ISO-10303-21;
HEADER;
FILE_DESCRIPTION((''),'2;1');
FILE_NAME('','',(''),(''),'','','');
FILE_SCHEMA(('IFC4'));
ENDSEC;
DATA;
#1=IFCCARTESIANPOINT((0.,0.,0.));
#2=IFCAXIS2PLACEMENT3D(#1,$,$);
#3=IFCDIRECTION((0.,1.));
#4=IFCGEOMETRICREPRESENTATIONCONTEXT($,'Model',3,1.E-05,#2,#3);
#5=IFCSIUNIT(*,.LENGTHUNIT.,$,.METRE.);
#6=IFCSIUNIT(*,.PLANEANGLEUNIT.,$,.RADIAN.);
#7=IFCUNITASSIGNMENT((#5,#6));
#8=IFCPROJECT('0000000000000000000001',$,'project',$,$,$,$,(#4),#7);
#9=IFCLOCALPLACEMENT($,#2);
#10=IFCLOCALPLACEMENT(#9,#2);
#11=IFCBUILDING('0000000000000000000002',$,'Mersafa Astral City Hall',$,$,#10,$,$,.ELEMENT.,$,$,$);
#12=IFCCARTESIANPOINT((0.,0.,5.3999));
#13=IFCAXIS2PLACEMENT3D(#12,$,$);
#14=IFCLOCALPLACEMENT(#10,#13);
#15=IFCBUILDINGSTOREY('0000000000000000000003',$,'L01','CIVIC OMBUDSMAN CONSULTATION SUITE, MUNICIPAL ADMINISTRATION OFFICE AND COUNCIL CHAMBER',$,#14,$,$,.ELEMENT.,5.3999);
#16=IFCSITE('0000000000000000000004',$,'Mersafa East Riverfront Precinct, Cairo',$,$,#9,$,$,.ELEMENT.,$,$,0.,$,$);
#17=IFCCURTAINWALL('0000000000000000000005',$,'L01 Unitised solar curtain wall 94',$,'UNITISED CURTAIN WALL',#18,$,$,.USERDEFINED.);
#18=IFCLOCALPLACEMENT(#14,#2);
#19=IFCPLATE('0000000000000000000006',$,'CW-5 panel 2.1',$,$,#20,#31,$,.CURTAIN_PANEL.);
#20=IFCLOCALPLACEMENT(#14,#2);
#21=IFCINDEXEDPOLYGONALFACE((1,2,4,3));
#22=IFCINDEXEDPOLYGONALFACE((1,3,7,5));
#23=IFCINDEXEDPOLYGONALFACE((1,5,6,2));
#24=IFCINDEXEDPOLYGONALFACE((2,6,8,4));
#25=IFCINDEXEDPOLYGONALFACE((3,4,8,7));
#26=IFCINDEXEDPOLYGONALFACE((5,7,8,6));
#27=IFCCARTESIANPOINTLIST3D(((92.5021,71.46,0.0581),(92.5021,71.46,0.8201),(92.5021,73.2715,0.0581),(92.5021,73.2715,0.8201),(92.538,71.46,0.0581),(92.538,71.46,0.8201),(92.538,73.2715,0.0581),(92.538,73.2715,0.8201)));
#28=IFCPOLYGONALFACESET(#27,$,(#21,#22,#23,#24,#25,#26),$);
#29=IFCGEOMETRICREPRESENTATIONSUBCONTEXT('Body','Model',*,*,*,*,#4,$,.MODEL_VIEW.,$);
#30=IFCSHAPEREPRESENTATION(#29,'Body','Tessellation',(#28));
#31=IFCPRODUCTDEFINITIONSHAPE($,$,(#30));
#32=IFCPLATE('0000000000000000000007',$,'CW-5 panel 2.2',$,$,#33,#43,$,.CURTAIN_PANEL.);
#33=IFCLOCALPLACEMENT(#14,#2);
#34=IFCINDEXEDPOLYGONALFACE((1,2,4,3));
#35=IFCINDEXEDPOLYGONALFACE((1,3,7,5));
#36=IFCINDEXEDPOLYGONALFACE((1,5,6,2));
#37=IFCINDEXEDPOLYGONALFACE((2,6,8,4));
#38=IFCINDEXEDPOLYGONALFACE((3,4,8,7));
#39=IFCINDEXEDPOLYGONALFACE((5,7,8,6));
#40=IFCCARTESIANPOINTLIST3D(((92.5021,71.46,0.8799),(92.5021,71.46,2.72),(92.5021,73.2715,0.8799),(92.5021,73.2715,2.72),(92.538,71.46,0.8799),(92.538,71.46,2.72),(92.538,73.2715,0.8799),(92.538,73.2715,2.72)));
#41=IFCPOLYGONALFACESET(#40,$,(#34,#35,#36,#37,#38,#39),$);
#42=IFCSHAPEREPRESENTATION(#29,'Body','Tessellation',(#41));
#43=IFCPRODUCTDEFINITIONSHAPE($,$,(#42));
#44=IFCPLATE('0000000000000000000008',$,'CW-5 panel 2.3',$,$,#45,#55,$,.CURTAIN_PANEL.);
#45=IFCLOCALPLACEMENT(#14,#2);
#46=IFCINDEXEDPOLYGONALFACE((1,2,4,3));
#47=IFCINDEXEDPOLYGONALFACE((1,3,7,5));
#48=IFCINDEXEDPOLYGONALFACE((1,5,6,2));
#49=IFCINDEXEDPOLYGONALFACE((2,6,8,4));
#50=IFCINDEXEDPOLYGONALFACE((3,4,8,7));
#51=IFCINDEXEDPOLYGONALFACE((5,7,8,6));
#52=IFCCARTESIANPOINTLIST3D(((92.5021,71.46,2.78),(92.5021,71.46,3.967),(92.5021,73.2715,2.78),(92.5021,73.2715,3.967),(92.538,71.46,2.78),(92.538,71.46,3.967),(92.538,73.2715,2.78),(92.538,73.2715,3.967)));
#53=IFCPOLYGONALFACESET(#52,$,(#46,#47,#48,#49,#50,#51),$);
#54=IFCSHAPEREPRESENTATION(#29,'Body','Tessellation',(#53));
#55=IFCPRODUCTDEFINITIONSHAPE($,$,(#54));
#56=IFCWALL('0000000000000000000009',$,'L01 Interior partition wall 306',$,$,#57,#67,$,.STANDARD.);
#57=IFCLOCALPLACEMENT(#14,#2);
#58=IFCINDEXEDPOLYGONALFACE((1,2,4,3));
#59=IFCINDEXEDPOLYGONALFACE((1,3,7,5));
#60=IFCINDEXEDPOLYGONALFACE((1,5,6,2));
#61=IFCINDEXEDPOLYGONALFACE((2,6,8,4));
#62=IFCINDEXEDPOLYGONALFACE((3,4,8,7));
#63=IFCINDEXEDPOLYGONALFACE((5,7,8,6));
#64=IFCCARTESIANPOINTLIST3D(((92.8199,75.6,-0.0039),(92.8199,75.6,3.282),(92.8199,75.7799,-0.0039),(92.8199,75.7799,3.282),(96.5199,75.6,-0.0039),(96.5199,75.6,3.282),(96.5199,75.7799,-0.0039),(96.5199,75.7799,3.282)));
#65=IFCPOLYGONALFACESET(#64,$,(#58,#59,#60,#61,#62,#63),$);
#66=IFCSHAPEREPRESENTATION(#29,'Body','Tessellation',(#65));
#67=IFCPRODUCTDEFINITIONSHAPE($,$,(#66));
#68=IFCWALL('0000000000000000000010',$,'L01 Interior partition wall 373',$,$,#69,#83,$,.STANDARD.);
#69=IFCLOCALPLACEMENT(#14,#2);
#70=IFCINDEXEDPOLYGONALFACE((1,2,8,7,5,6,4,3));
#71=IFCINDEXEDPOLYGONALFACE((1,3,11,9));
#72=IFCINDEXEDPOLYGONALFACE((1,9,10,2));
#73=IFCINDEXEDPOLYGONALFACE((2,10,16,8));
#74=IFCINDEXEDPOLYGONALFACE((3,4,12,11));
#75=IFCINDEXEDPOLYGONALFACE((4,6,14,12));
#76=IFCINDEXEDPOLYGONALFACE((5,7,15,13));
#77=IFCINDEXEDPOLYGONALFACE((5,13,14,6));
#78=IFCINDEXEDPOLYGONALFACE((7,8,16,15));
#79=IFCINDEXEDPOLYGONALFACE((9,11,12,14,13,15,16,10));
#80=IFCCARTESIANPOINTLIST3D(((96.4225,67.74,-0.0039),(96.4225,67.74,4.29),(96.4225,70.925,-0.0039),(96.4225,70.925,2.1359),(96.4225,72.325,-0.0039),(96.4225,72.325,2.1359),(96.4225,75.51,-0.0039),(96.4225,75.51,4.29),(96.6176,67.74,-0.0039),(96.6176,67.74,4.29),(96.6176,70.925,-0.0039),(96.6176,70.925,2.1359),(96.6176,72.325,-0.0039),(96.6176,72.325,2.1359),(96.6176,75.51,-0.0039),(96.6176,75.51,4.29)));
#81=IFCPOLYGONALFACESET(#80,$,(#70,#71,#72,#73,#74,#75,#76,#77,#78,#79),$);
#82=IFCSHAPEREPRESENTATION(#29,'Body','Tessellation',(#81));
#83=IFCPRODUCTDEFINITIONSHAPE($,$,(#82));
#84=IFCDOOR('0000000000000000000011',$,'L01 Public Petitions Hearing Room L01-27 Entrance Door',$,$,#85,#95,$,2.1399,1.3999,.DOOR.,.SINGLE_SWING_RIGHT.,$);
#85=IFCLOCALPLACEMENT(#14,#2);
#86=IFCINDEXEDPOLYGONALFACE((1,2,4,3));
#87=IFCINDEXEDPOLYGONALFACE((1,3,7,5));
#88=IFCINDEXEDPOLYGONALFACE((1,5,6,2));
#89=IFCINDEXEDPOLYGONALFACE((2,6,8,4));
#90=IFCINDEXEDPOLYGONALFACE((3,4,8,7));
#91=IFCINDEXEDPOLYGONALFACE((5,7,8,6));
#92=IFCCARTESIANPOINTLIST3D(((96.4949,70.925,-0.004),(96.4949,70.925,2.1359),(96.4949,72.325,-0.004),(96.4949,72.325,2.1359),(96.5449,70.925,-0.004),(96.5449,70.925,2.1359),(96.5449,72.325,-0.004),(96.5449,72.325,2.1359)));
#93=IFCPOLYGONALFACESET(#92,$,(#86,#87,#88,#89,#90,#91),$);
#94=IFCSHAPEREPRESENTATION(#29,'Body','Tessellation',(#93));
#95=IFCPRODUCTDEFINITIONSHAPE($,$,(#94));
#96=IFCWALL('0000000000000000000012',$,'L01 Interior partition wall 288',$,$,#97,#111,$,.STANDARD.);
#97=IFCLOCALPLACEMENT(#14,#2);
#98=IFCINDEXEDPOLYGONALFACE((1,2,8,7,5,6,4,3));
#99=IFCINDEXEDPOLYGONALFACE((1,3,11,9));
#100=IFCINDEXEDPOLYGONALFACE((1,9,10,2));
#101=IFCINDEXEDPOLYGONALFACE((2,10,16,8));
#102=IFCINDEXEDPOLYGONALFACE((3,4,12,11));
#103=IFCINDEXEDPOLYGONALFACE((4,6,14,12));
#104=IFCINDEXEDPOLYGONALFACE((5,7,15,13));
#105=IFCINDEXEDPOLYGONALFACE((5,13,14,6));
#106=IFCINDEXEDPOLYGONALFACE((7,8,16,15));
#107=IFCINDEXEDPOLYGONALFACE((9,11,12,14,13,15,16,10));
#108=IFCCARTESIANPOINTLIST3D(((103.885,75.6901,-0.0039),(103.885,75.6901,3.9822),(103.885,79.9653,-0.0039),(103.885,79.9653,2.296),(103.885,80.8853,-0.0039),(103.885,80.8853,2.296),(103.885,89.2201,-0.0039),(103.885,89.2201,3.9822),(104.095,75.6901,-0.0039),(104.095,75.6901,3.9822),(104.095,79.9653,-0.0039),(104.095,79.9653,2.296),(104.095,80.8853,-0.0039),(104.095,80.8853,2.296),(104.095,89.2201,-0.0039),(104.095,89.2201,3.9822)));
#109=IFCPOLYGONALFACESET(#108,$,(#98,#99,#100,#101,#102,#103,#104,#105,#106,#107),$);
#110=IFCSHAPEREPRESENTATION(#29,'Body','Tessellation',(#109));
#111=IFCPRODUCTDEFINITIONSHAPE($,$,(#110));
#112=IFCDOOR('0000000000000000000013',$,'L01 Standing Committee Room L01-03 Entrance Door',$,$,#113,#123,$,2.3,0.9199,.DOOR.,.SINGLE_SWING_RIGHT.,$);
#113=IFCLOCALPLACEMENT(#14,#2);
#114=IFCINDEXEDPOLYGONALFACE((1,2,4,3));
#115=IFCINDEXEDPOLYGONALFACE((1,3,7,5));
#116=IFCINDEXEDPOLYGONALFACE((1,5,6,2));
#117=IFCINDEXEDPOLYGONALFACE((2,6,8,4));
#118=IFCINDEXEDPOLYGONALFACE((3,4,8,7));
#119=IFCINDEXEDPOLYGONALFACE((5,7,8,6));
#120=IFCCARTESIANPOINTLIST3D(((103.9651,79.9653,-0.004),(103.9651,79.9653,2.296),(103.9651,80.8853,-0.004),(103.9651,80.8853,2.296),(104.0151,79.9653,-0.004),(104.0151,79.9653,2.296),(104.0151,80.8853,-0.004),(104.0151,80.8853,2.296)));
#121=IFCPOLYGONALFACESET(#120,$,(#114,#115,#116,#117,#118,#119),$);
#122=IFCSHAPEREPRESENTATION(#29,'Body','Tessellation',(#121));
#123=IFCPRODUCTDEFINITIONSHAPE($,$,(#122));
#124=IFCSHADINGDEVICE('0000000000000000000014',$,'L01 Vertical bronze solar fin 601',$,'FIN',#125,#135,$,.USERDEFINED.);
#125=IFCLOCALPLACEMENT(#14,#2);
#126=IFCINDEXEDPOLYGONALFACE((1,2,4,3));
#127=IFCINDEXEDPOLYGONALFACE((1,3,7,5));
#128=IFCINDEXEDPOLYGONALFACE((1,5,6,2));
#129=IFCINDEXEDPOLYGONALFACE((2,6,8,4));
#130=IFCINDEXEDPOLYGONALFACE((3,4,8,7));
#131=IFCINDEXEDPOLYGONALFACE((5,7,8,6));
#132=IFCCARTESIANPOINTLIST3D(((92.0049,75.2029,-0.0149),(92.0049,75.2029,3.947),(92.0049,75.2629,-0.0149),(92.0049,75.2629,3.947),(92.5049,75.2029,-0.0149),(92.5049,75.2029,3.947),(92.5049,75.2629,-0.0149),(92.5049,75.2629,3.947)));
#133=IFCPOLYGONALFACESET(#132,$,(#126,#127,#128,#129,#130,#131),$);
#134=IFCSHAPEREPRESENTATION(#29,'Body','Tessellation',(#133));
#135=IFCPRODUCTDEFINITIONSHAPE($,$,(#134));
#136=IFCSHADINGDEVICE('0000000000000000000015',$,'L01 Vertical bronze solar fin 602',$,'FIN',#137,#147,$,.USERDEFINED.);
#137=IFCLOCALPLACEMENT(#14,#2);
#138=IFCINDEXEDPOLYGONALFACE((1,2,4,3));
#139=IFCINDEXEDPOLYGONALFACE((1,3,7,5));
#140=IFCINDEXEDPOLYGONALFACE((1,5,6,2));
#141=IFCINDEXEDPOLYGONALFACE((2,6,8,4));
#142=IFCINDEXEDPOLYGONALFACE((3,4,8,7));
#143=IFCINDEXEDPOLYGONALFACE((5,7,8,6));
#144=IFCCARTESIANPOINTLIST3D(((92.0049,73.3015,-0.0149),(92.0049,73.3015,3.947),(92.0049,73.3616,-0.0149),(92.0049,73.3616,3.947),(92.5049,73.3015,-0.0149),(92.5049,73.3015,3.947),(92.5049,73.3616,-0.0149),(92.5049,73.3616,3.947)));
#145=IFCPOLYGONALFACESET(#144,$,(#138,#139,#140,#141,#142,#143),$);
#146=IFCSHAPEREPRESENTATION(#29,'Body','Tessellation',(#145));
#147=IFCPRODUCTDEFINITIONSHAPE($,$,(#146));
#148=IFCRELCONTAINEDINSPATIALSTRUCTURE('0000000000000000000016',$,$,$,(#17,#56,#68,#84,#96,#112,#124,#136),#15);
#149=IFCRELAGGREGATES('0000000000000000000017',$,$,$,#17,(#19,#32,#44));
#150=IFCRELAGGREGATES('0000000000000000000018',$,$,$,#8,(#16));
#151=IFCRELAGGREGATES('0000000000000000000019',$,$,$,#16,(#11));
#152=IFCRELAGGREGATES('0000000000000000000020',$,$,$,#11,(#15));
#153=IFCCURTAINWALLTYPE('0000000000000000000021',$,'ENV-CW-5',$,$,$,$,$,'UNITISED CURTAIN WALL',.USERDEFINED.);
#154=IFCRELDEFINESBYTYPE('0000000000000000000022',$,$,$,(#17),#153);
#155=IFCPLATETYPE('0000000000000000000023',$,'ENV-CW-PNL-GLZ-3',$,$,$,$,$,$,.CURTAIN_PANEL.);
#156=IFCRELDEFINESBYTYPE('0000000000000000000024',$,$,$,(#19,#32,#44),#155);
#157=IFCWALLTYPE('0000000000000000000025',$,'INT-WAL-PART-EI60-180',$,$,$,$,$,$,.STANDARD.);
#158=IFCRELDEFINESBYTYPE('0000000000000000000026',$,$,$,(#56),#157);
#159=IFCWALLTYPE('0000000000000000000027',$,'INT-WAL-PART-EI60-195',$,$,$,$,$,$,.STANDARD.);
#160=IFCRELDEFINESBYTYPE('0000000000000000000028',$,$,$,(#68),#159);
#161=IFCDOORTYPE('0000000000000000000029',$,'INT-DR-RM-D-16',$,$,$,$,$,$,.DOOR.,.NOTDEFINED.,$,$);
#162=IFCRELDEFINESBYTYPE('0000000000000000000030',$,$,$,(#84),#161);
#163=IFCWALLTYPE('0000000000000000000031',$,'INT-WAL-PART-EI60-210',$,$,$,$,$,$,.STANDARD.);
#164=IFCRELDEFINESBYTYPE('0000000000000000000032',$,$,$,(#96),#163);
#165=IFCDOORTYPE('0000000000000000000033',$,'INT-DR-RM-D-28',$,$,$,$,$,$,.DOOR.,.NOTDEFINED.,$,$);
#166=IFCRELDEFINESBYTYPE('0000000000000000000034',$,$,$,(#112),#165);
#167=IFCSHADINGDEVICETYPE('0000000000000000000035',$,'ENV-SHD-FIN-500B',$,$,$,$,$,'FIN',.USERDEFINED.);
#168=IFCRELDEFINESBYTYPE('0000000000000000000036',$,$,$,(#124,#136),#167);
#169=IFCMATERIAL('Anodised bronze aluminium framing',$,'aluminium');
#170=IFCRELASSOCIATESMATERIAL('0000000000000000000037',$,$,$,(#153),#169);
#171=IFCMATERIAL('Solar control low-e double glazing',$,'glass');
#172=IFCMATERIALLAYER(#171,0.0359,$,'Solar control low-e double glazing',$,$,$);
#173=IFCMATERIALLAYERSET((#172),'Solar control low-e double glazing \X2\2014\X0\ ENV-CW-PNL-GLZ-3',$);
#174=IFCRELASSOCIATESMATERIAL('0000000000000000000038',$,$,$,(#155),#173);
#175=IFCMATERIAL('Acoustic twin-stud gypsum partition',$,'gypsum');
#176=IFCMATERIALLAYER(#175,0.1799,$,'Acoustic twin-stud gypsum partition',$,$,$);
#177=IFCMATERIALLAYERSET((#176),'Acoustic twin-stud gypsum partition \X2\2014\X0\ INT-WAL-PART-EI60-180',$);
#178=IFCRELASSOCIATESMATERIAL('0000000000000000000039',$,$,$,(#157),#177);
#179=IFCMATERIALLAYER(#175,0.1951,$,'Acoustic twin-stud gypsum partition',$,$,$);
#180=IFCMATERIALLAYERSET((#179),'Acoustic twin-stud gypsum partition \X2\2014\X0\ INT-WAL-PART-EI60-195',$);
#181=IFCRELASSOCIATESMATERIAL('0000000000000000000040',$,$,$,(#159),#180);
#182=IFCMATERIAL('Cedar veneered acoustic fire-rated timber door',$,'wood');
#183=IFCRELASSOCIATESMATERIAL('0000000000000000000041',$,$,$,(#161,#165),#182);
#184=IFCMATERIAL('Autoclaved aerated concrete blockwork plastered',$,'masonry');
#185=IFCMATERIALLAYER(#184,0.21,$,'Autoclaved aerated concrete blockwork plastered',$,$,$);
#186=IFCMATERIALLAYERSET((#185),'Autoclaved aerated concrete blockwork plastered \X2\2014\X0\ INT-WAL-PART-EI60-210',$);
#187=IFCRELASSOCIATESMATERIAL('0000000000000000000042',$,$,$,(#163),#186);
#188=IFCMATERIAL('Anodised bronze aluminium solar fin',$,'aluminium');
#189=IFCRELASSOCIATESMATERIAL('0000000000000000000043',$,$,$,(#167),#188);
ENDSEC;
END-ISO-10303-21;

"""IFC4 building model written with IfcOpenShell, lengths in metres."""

from ifc_helpers import new_model, si_unit, direction, frame, frame_2d, origin, origin_2d, place, context, subcontext, project, spatial, rectangle, extrude, material, layer, layer_set, type_object, element, fill, aggregate, save


model = new_model("IFC4")

# Units and contexts
model_context = context("Model", 3, precision=1e-05, world=origin(), true_north=direction((0.0, 1.0)))
body_context = subcontext(model_context, "Body", "Model", "MODEL_VIEW")
ifc_project = project(units=[si_unit("LENGTHUNIT", "METRE"), si_unit("PLANEANGLEUNIT", "RADIAN")], contexts=[model_context])

# Site, building, storey
site_placement = place(None, origin())
site = spatial("IfcSite", under=ifc_project, at=site_placement, Name="Mersafa East Riverfront Precinct, Cairo", CompositionType="ELEMENT", RefElevation=0.0)
building_placement = place(site_placement, origin())
building = spatial("IfcBuilding", under=site, at=building_placement, Name="Mersafa Astral City Hall", CompositionType="ELEMENT")
storey_placement = place(building_placement, frame((0.0, 0.0, 5.3999)))
storey = spatial("IfcBuildingStorey", under=building, at=storey_placement, Name="L01", Description="CIVIC OMBUDSMAN CONSULTATION SUITE, MUNICIPAL ADMINISTRATION OFFICE AND COUNCIL CHAMBER", CompositionType="ELEMENT", Elevation=5.3999)

# Shared definitions
ifc_material_1 = material(Name="Anodised bronze aluminium framing", Category="aluminium")

# Curtain wall
curtain_wall_type_1 = type_object("IfcCurtainWallType", Name="ENV-CW-5", ElementType="UNITISED CURTAIN WALL", PredefinedType="USERDEFINED", material=ifc_material_1)
curtain_wall_1_placement = place(storey_placement, origin())
curtain_wall_1 = element("IfcCurtainWall", 1, at=curtain_wall_1_placement, inside=storey, type_object=curtain_wall_type_1, Name="L01 Unitised solar curtain wall 94", ObjectType="UNITISED CURTAIN WALL", PredefinedType="USERDEFINED")

# Plates
ifc_material_2 = material(Name="Solar control low-e double glazing", Category="glass")
ifc_layer_1 = layer(ifc_material_2, 0.0359, Name="Solar control low-e double glazing")
ifc_layer_set_1 = layer_set([ifc_layer_1], Name="Solar control low-e double glazing — ENV-CW-PNL-GLZ-3")
plate_type = type_object("IfcPlateType", Name="ENV-CW-PNL-GLZ-3", PredefinedType="CURTAIN_PANEL", material=ifc_layer_set_1)
plate_1_placement = place(storey_placement, frame((92.52, 72.3657, 0.0581), z_axis=(0.0, 0.0, 1.0), x_axis=(0.0, -1.0, 0.0)))
plate_1 = element("IfcPlate", 2, at=plate_1_placement, type_object=plate_type, Name="CW-5 panel 2.1", PredefinedType="CURTAIN_PANEL", context=body_context, shape_type="SweptSolid", body=[
    extrude(rectangle(XDim=1.8115, YDim=0.0359, at=origin_2d()), origin(), (0.0, 0.0, 1.0), 0.762),
])
plate_2_placement = place(storey_placement, frame((92.52, 72.3657, 0.8799), z_axis=(0.0, 0.0, 1.0), x_axis=(0.0, -1.0, 0.0)))
plate_2 = element("IfcPlate", 3, at=plate_2_placement, type_object=plate_type, Name="CW-5 panel 2.2", PredefinedType="CURTAIN_PANEL", context=body_context, shape_type="SweptSolid", body=[
    extrude(rectangle(XDim=1.8115, YDim=0.0359, at=origin_2d()), origin(), (0.0, 0.0, 1.0), 1.8401),
])
plate_3_placement = place(storey_placement, frame((92.52, 72.3657, 2.78), z_axis=(0.0, 0.0, 1.0), x_axis=(0.0, -1.0, 0.0)))
plate_3 = element("IfcPlate", 4, at=plate_3_placement, type_object=plate_type, Name="CW-5 panel 2.3", PredefinedType="CURTAIN_PANEL", context=body_context, shape_type="SweptSolid", body=[
    extrude(rectangle(XDim=1.8115, YDim=0.0359, at=origin_2d()), origin(), (0.0, 0.0, 1.0), 1.187),
])
aggregate(curtain_wall_1, [plate_1, plate_2, plate_3])

# Wall
ifc_material_3 = material(Name="Acoustic twin-stud gypsum partition", Category="gypsum")
ifc_layer_2 = layer(ifc_material_3, 0.1799, Name="Acoustic twin-stud gypsum partition")
ifc_layer_set_2 = layer_set([ifc_layer_2], Name="Acoustic twin-stud gypsum partition — INT-WAL-PART-EI60-180")
wall_type_1 = type_object("IfcWallType", Name="INT-WAL-PART-EI60-180", PredefinedType="STANDARD", material=ifc_layer_set_2)
wall_1_placement = place(storey_placement, frame((96.52, 75.6899, -0.0039), z_axis=(0.0, 0.0, 1.0), x_axis=(-1.0, 0.0, 0.0)))
element("IfcWall", 5, at=wall_1_placement, inside=storey, type_object=wall_type_1, Name="L01 Interior partition wall 306", PredefinedType="STANDARD", context=body_context, shape_type="SweptSolid", body=[
    extrude(rectangle(XDim=3.7, YDim=0.1799, at=frame_2d((1.8501, 0.0))), origin(), (0.0, 0.0, 1.0), 3.2859),
])

# Walls, openings, doors
ifc_layer_3 = layer(ifc_material_3, 0.1951, Name="Acoustic twin-stud gypsum partition")
ifc_layer_set_3 = layer_set([ifc_layer_3], Name="Acoustic twin-stud gypsum partition — INT-WAL-PART-EI60-195")
wall_type_2 = type_object("IfcWallType", Name="INT-WAL-PART-EI60-195", PredefinedType="STANDARD", material=ifc_layer_set_3)
wall_2_placement = place(storey_placement, frame((96.52, 75.51, -0.0039), z_axis=(0.0, 0.0, 1.0), x_axis=(0.0, -1.0, 0.0)))
wall_2 = element("IfcWall", 6, at=wall_2_placement, inside=storey, type_object=wall_type_2, Name="L01 Interior partition wall 373", PredefinedType="STANDARD", context=body_context, shape_type="SweptSolid", body=[
    extrude(rectangle(XDim=7.77, YDim=0.1951, at=frame_2d((3.885, 0.0))), origin(), (0.0, 0.0, 1.0), 4.2939),
])
opening_1_placement = place(wall_2_placement, frame((3.1851, 0.0, 0.0)))
opening_1 = element("IfcOpeningElement", 7, at=opening_1_placement, cuts=wall_2, PredefinedType="OPENING", context=body_context, shape_type="SweptSolid", body=[
    extrude(rectangle(XDim=1.3999, YDim=2.1399, at=frame_2d((0.7, 1.0698))), frame((0.0, 0.1074, 0.0), z_axis=(0.0, -1.0, 0.0), x_axis=(1.0, 0.0, 0.0)), (0.0, 0.0, 1.0), 0.2151),
])
ifc_material_4 = material(Name="Cedar veneered acoustic fire-rated timber door", Category="wood")
door_type_1 = type_object("IfcDoorType", Name="INT-DR-RM-D-16", OperationType="NOTDEFINED", PredefinedType="DOOR", material=ifc_material_4)
door_1_placement = place(opening_1_placement, origin())
door_1 = element("IfcDoor", 8, at=door_1_placement, inside=storey, type_object=door_type_1, Name="L01 Public Petitions Hearing Room L01-27 Entrance Door", OperationType="SINGLE_SWING_RIGHT", OverallHeight=2.1399, OverallWidth=1.3999, PredefinedType="DOOR", context=body_context, shape_type="SweptSolid", body=[
    extrude(rectangle(XDim=1.3999, YDim=2.1399, at=frame_2d((0.7, 1.0698))), frame((0.0, 0.0249, 0.0), z_axis=(0.0, -1.0, 0.0), x_axis=(1.0, 0.0, 0.0)), (0.0, 0.0, 1.0), 0.05),
])
fill(opening_1, door_1)
ifc_material_5 = material(Name="Autoclaved aerated concrete blockwork plastered", Category="masonry")
ifc_layer_4 = layer(ifc_material_5, 0.21, Name="Autoclaved aerated concrete blockwork plastered")
ifc_layer_set_4 = layer_set([ifc_layer_4], Name="Autoclaved aerated concrete blockwork plastered — INT-WAL-PART-EI60-210")
wall_type_3 = type_object("IfcWallType", Name="INT-WAL-PART-EI60-210", PredefinedType="STANDARD", material=ifc_layer_set_4)
wall_3_placement = place(storey_placement, frame((103.99, 75.6899, -0.0039), z_axis=(0.0, 0.0, 1.0), x_axis=(0.0, 1.0, 0.0)))
wall_3 = element("IfcWall", 9, at=wall_3_placement, inside=storey, type_object=wall_type_3, Name="L01 Interior partition wall 288", PredefinedType="STANDARD", context=body_context, shape_type="SweptSolid", body=[
    extrude(rectangle(XDim=13.53, YDim=0.21, at=frame_2d((6.7651, 0.0))), origin(), (0.0, 0.0, 1.0), 3.9861),
])
opening_2_placement = place(wall_3_placement, frame((4.2754, 0.0, 0.0)))
opening_2 = element("IfcOpeningElement", 10, at=opening_2_placement, cuts=wall_3, PredefinedType="OPENING", context=body_context, shape_type="SweptSolid", body=[
    extrude(rectangle(XDim=0.9199, YDim=2.3, at=frame_2d((0.46, 1.1499))), frame((0.0, 0.115, 0.0), z_axis=(0.0, -1.0, 0.0), x_axis=(1.0, 0.0, 0.0)), (0.0, 0.0, 1.0), 0.23),
])
door_type_2 = type_object("IfcDoorType", Name="INT-DR-RM-D-28", OperationType="NOTDEFINED", PredefinedType="DOOR", material=ifc_material_4)
door_2_placement = place(opening_2_placement, origin())
door_2 = element("IfcDoor", 11, at=door_2_placement, inside=storey, type_object=door_type_2, Name="L01 Standing Committee Room L01-03 Entrance Door", OperationType="SINGLE_SWING_RIGHT", OverallHeight=2.3, OverallWidth=0.9199, PredefinedType="DOOR", context=body_context, shape_type="SweptSolid", body=[
    extrude(rectangle(XDim=0.9199, YDim=2.3, at=frame_2d((0.46, 1.1499))), frame((0.0, 0.0249, 0.0), z_axis=(0.0, -1.0, 0.0), x_axis=(1.0, 0.0, 0.0)), (0.0, 0.0, 1.0), 0.05),
])
fill(opening_2, door_2)

# Shading devices
ifc_material_6 = material(Name="Anodised bronze aluminium solar fin", Category="aluminium")
shading_device_type = type_object("IfcShadingDeviceType", Name="ENV-SHD-FIN-500B", ElementType="FIN", PredefinedType="USERDEFINED", material=ifc_material_6)
for number, where, z_axis, x_axis, name in (
    (12, (92.2549, 75.2329, -0.0149), (0.0, 0.0, 1.0), (0.0, -1.0, 0.0), "L01 Vertical bronze solar fin 601"),
    (13, (92.2549, 73.3315, -0.0149), (0.0, 0.0, 1.0), (0.0, -1.0, 0.0), "L01 Vertical bronze solar fin 602"),
):
    element("IfcShadingDevice", number, at=place(storey_placement, frame(where, z_axis=z_axis, x_axis=x_axis)), inside=storey, type_object=shading_device_type, Name=name, ObjectType="FIN", PredefinedType="USERDEFINED", context=body_context, shape_type="SweptSolid", body=[
        extrude(rectangle(XDim=0.0601, YDim=0.5, at=origin_2d()), origin(), (0.0, 0.0, 1.0), 3.9619),
    ])

save(model, "model.ifc")
